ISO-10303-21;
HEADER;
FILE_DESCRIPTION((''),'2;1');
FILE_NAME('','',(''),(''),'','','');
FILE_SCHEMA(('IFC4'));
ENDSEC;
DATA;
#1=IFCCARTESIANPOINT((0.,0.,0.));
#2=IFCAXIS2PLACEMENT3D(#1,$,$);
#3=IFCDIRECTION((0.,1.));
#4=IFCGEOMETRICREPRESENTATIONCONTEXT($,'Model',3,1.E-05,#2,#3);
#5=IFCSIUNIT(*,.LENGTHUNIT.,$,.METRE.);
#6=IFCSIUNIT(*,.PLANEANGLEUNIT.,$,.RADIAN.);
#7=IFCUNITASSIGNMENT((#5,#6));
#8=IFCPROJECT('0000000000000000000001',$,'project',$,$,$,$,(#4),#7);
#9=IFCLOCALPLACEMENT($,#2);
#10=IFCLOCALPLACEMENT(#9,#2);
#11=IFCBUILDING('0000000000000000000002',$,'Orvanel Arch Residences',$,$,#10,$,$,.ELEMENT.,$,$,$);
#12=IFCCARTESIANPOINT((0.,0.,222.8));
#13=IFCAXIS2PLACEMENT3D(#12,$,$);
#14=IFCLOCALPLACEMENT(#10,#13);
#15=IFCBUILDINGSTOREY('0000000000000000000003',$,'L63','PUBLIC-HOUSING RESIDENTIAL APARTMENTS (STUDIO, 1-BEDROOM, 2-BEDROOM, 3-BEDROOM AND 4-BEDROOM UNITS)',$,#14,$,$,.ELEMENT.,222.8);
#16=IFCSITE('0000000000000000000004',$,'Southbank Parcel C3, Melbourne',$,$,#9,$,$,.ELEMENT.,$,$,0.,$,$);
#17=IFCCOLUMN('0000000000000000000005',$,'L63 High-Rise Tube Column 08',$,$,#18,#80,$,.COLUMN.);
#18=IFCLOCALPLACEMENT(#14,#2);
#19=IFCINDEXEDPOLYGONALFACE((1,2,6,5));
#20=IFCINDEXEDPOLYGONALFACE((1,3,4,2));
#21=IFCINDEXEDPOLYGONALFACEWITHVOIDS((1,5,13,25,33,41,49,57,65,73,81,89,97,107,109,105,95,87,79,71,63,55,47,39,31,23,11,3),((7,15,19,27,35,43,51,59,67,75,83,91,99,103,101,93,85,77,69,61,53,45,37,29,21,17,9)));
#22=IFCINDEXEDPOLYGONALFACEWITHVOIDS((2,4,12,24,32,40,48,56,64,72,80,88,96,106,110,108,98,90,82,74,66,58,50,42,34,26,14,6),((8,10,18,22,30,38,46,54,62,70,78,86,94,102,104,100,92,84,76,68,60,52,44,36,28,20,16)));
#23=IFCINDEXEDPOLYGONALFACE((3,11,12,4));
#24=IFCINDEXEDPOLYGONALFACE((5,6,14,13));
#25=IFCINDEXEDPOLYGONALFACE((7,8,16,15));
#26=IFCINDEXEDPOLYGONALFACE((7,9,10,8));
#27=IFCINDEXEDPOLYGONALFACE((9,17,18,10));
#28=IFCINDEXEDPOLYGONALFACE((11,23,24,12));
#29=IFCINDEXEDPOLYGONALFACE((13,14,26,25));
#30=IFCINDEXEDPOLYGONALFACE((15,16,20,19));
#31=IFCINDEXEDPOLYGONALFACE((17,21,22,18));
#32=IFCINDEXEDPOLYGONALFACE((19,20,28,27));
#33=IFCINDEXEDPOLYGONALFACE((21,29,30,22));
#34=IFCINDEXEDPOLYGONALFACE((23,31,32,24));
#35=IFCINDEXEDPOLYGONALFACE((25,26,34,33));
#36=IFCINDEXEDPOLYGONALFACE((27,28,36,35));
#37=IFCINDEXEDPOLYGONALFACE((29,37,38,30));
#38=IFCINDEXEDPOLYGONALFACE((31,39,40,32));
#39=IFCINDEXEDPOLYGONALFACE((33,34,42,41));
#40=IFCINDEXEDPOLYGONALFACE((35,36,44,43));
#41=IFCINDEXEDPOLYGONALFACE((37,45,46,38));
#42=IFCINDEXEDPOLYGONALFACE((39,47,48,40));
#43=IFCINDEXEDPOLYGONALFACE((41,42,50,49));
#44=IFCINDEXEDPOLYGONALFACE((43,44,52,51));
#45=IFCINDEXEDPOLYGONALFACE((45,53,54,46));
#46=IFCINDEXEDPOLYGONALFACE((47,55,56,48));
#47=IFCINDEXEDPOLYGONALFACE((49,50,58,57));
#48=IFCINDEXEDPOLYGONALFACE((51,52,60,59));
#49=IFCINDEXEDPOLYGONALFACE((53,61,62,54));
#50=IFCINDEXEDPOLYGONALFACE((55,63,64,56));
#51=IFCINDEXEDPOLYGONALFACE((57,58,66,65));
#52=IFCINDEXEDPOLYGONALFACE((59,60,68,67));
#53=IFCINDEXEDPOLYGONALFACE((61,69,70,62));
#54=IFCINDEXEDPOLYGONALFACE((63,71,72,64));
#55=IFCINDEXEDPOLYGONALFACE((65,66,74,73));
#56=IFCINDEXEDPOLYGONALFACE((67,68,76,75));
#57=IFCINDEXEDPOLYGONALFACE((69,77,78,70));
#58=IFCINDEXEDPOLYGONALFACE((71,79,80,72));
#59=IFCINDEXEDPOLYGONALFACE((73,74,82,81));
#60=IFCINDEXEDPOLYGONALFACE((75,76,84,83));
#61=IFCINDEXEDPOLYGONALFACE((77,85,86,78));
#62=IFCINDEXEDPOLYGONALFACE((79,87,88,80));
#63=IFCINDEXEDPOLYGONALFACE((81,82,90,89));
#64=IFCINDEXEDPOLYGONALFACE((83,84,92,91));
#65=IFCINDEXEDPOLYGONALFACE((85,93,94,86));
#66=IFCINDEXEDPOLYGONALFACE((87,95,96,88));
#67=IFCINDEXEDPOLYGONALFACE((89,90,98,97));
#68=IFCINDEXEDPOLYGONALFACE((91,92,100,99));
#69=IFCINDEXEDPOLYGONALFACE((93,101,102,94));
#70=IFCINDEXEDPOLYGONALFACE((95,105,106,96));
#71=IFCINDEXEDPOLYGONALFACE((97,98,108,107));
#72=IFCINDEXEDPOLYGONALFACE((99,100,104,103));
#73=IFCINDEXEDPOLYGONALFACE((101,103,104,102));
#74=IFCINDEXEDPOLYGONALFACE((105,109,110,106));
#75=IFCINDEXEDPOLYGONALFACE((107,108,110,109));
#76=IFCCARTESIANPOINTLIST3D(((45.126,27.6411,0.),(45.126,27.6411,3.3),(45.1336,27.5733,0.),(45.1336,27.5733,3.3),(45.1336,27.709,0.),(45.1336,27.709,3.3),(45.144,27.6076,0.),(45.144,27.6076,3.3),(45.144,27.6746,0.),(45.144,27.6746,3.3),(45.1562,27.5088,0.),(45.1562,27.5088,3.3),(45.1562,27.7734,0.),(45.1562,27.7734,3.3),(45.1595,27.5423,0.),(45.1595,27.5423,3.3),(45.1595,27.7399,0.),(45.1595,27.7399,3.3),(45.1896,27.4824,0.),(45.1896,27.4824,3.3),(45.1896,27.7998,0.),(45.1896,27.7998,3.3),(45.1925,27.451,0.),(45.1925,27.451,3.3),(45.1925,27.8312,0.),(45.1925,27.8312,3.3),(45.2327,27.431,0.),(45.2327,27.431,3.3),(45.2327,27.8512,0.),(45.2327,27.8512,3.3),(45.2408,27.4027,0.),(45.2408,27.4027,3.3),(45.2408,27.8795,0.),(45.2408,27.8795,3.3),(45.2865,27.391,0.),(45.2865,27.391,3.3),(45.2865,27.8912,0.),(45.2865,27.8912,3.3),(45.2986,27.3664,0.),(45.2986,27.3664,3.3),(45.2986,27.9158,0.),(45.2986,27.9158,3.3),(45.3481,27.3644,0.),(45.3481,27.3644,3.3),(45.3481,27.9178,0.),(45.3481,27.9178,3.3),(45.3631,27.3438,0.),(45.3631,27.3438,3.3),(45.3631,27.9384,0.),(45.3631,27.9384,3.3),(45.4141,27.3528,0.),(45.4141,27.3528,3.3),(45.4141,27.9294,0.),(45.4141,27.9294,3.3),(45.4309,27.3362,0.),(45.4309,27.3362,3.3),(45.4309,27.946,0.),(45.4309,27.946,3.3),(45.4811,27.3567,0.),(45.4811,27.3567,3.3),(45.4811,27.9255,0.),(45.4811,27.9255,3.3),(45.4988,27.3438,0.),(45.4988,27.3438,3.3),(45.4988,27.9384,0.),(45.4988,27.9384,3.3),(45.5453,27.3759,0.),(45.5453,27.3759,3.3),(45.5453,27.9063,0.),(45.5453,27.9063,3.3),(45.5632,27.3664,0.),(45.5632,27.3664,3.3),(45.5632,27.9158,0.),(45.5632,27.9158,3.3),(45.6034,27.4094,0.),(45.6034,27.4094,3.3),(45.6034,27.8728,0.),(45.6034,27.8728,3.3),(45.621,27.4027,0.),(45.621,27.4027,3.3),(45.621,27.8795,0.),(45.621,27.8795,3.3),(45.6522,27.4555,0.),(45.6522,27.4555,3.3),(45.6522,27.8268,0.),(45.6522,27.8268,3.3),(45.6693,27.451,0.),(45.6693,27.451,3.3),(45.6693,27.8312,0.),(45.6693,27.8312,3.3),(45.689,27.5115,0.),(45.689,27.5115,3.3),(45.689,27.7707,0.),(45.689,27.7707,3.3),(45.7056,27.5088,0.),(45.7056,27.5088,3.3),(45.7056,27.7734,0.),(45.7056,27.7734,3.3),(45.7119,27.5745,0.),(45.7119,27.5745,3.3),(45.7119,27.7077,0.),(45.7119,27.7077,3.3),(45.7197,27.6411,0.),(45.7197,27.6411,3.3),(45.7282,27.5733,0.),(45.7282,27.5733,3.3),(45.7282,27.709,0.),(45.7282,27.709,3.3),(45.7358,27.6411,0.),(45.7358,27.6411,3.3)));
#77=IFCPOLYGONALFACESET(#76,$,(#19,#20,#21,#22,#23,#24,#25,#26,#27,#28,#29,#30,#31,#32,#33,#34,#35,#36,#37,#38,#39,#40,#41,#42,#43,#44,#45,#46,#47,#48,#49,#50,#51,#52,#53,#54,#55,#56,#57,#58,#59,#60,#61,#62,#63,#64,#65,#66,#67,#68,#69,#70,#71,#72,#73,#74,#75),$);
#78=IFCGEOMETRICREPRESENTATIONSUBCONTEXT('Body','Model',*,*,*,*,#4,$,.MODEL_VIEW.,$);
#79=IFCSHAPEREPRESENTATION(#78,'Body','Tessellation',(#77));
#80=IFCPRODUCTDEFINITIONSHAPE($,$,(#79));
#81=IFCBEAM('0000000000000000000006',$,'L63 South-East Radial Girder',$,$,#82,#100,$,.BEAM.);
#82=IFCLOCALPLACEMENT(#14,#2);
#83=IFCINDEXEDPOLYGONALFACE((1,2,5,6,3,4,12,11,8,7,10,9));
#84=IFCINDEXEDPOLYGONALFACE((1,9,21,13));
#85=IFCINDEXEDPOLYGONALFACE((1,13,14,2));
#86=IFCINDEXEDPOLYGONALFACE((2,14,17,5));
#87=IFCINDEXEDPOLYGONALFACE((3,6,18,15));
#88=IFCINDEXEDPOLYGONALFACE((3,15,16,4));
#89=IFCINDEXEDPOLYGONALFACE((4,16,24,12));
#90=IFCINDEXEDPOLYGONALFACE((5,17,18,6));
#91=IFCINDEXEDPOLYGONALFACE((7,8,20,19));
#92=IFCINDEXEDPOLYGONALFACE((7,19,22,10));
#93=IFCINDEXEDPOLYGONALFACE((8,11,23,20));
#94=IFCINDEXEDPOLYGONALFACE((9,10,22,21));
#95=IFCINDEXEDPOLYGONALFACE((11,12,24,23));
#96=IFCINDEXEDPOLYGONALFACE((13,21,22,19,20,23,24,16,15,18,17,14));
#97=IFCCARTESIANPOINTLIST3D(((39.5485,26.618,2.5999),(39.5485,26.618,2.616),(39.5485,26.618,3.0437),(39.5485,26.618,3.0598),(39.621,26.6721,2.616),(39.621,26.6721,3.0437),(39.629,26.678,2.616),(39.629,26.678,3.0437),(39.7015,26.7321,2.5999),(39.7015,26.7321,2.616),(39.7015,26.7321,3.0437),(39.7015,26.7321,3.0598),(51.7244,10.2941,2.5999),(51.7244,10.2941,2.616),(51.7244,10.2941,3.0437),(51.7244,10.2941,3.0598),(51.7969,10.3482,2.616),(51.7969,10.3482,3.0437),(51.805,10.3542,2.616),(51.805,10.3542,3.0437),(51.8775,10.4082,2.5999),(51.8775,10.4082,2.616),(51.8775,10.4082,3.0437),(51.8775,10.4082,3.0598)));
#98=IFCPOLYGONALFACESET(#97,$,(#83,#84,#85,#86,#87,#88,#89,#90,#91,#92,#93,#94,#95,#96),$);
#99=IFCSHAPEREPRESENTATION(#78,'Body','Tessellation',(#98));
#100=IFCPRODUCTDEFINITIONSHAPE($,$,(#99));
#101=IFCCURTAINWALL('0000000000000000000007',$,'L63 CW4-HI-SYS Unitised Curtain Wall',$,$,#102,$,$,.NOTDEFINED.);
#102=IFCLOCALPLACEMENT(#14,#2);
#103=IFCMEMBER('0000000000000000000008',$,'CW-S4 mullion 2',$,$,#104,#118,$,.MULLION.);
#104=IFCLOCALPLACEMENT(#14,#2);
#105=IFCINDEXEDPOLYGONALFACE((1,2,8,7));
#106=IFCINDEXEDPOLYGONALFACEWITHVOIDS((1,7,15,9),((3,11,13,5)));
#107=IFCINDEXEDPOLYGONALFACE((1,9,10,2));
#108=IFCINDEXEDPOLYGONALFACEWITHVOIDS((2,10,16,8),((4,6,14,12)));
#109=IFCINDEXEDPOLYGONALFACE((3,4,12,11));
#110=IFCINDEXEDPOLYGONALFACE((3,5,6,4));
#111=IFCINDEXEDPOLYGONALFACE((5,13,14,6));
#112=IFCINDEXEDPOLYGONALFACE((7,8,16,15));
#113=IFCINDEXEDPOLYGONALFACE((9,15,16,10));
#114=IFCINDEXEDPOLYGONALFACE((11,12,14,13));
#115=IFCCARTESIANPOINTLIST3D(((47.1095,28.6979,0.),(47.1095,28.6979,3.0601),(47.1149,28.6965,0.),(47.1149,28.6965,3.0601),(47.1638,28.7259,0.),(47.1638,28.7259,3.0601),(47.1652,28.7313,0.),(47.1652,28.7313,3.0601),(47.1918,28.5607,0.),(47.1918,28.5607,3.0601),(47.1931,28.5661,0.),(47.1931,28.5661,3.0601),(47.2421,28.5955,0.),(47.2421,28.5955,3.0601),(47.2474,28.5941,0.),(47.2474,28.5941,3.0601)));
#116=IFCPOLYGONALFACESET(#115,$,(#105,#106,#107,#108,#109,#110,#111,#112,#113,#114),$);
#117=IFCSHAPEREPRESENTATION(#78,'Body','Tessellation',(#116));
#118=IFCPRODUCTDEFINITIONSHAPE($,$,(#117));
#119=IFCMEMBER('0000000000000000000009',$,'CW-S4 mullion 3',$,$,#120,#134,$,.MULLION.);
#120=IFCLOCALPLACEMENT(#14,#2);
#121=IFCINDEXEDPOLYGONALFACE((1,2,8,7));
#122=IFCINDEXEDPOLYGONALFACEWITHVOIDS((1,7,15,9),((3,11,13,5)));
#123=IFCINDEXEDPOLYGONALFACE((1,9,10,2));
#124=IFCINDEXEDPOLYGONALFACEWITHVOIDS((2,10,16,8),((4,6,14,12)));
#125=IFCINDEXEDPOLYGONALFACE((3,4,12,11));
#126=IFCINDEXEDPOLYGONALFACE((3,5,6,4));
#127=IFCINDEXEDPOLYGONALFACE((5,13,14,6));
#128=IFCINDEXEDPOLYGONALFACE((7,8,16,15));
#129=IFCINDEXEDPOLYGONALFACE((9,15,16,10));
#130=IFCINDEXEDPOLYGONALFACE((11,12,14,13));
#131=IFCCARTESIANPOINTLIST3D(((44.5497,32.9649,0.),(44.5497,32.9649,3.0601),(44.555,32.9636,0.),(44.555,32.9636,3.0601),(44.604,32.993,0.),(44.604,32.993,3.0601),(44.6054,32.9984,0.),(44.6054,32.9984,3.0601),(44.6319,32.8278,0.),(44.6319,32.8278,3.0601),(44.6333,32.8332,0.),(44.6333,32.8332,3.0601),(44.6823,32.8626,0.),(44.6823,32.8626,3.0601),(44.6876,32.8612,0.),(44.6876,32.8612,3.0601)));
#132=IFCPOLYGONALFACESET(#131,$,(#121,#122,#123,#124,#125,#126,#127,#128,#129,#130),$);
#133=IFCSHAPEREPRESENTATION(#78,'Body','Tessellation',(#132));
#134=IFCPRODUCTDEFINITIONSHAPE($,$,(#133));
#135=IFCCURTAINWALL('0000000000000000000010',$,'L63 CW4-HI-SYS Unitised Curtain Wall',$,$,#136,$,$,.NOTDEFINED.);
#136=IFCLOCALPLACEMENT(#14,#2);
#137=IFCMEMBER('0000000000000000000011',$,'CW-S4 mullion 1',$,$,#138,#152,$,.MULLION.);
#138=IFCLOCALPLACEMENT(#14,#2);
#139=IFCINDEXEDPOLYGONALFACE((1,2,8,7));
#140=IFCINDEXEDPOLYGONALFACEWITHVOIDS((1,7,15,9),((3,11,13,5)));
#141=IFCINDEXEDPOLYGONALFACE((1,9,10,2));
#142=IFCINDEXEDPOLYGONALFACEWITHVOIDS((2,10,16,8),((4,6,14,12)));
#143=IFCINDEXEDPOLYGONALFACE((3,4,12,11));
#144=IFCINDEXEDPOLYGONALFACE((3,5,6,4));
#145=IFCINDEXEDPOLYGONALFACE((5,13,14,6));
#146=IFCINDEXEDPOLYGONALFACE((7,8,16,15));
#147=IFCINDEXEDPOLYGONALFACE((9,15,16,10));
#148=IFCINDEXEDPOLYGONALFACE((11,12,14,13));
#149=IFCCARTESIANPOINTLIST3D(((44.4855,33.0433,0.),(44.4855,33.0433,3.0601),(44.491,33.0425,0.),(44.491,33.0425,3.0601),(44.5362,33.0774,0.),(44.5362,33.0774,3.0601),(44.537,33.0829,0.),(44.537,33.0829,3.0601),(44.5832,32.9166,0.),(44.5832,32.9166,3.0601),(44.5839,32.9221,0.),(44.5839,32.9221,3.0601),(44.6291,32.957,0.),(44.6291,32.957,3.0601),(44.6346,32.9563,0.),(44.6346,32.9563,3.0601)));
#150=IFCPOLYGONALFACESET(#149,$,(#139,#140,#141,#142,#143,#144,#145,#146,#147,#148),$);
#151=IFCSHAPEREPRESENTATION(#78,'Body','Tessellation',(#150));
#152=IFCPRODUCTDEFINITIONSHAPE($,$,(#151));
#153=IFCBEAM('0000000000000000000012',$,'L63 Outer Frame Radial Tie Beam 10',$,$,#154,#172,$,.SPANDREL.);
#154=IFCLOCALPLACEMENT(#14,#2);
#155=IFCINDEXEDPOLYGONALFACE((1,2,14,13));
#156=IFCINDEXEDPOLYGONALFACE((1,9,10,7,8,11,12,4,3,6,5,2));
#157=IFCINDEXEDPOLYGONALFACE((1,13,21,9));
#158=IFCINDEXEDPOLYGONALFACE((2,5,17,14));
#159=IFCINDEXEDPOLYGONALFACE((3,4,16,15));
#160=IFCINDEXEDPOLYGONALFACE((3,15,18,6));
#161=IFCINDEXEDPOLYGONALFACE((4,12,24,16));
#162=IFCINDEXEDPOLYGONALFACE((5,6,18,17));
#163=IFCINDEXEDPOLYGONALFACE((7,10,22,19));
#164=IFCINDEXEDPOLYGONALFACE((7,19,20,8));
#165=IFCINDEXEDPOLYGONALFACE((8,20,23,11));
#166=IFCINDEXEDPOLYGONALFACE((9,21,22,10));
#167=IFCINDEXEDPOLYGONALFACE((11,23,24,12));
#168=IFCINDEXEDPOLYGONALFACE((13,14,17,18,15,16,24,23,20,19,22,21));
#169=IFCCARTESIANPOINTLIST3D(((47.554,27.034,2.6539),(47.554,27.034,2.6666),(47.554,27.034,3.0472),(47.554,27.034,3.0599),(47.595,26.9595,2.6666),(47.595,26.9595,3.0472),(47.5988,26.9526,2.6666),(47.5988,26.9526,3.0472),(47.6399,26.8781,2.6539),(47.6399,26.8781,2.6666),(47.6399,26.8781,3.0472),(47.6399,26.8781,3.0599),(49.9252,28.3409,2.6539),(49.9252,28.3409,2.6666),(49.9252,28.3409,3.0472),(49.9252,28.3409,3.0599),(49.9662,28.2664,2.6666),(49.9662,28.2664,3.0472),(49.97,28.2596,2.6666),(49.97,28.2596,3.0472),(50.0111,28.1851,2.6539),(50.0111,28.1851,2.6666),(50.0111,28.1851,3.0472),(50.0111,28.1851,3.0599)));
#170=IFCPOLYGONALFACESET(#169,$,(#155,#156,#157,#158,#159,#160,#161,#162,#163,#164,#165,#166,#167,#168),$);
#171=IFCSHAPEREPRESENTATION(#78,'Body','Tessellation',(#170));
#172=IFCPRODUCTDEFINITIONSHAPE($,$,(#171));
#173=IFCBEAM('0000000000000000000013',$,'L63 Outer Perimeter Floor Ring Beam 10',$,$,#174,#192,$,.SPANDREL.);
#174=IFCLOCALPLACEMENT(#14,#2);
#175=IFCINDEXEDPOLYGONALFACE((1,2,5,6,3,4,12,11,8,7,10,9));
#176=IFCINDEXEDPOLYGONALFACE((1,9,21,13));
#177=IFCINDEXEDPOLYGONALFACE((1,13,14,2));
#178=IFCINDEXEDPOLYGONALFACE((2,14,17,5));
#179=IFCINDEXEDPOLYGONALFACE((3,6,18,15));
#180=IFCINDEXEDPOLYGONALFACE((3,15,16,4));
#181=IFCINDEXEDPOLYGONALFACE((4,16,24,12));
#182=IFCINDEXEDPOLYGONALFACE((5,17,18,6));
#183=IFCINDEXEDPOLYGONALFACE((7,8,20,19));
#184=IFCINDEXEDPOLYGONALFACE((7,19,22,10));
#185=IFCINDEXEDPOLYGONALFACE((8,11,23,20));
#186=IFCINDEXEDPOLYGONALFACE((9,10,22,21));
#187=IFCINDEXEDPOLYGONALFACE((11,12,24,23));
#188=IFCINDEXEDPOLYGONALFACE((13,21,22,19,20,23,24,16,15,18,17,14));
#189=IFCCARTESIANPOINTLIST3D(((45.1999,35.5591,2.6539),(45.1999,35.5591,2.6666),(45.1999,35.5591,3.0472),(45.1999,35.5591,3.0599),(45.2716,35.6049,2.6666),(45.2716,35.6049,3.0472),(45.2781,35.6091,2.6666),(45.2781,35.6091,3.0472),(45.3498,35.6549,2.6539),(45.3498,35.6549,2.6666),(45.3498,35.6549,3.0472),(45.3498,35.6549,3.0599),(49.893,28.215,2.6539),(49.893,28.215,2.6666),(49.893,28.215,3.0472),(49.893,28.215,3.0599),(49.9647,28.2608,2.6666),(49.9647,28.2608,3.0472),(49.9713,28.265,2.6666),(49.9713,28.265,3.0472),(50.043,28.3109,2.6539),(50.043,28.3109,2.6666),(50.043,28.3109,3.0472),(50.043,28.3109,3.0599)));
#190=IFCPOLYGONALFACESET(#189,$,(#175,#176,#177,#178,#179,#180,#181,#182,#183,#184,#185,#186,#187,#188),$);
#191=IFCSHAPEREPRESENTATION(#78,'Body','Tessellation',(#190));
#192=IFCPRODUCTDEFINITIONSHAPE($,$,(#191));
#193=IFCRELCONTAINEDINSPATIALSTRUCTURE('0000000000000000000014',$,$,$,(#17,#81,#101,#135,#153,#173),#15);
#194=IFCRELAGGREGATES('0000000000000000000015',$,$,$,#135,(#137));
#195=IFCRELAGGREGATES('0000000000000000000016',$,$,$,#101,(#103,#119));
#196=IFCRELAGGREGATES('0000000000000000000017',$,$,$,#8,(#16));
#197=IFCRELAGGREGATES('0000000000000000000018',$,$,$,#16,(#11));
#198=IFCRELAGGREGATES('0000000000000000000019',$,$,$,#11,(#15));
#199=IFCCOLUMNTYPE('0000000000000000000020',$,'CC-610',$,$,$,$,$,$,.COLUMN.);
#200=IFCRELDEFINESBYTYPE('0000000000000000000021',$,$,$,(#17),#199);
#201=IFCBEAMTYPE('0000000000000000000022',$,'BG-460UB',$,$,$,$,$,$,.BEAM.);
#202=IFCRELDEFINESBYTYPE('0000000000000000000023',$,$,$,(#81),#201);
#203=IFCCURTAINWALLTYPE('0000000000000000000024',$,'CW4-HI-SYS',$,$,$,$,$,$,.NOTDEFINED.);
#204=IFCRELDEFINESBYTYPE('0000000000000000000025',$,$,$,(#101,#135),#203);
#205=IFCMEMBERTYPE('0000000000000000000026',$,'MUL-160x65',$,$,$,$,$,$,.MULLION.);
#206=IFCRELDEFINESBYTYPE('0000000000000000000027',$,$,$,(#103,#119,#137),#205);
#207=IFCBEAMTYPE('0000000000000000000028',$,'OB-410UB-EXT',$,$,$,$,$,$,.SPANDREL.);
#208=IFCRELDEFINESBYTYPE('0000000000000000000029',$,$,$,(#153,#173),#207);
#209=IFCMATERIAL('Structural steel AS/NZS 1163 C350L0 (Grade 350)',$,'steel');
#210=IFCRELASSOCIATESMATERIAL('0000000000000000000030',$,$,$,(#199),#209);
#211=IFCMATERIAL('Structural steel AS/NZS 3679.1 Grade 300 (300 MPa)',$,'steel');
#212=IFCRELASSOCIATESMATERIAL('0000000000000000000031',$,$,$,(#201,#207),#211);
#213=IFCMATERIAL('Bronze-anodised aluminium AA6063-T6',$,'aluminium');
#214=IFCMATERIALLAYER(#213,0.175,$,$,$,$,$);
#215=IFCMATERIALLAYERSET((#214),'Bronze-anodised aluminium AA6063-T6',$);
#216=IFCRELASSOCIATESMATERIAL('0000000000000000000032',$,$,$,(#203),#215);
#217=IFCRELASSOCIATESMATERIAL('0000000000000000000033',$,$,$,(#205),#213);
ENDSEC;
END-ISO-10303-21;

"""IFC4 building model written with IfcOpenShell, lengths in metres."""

from ifc_helpers import new_model, si_unit, direction, frame, origin, origin_2d, place, context, subcontext, project, spatial, hollow_rectangle, hollow_circle, i_section, extrude, material, layer, layer_set, material_profile, profile_set, type_object, element, aggregate, save


model = new_model("IFC4")

# Units and contexts
model_context = context("Model", 3, precision=1e-05, world=origin(), true_north=direction((0.0, 1.0)))
body_context = subcontext(model_context, "Body", "Model", "MODEL_VIEW")
ifc_project = project(units=[si_unit("LENGTHUNIT", "METRE"), si_unit("PLANEANGLEUNIT", "RADIAN")], contexts=[model_context])

# Site, building, storey
site_placement = place(None, origin())
site = spatial("IfcSite", under=ifc_project, at=site_placement, Name="Southbank Parcel C3, Melbourne", CompositionType="ELEMENT", RefElevation=0.0)
building_placement = place(site_placement, origin())
building = spatial("IfcBuilding", under=site, at=building_placement, Name="Orvanel Arch Residences", CompositionType="ELEMENT")
storey_placement = place(building_placement, frame((0.0, 0.0, 222.8)))
storey = spatial("IfcBuildingStorey", under=building, at=storey_placement, Name="L63", Description="PUBLIC-HOUSING RESIDENTIAL APARTMENTS (STUDIO, 1-BEDROOM, 2-BEDROOM, 3-BEDROOM AND 4-BEDROOM UNITS)", CompositionType="ELEMENT", Elevation=222.8)

# Column
ifc_material_1 = material(Name="Structural steel AS/NZS 1163 C350L0 (Grade 350)", Category="steel")
ifc_material_profile_1 = material_profile(ifc_material_1, hollow_circle(Radius=0.3049, WallThickness=0.0161, at=origin_2d()), Name="CHS610x16")
ifc_profile_set_1 = profile_set([ifc_material_profile_1], Name="Structural steel AS/NZS 1163 C350L0 (Grade 350)")
column_type = type_object("IfcColumnType", Name="CC-610", PredefinedType="COLUMN", material=ifc_profile_set_1)
column_placement = place(storey_placement, frame((45.4309, 27.6411, 0.0), z_axis=(0.0, 0.0, 1.0), x_axis=(1.0, 0.0, 0.0)))
element("IfcColumn", 1, at=column_placement, inside=storey, type_object=column_type, Name="L63 High-Rise Tube Column 08", PredefinedType="COLUMN", context=body_context, shape_type="SweptSolid", body=[
    extrude(hollow_circle(Radius=0.3049, WallThickness=0.0161, at=origin_2d()), origin(), (0.0, 0.0, 1.0), 3.3),
])

# Beam
ifc_material_2 = material(Name="Structural steel AS/NZS 3679.1 Grade 300 (300 MPa)", Category="steel")
ifc_material_profile_2 = material_profile(ifc_material_2, i_section(OverallWidth=0.1909, OverallDepth=0.46, WebThickness=0.01, FlangeThickness=0.0161, at=origin_2d()), Name="460UB82.1")
ifc_profile_set_2 = profile_set([ifc_material_profile_2], Name="Structural steel AS/NZS 3679.1 Grade 300 (300 MPa)")
beam_type_1 = type_object("IfcBeamType", Name="BG-460UB", PredefinedType="BEAM", material=ifc_profile_set_2)
beam_1_placement = place(storey_placement, frame((39.625, 26.675, 2.8298), z_axis=(0.597894, -0.801575, 0.0), x_axis=(0.801575, 0.597894, 0.0)))
element("IfcBeam", 2, at=beam_1_placement, inside=storey, type_object=beam_type_1, Name="L63 South-East Radial Girder", PredefinedType="BEAM", context=body_context, shape_type="SweptSolid", body=[
    extrude(i_section(OverallWidth=0.1909, OverallDepth=0.46, WebThickness=0.01, FlangeThickness=0.0161, at=origin_2d()), origin(), (0.0, 0.0, 1.0), 20.3647),
])

# Curtain wall, members
ifc_material_3 = material(Name="Bronze-anodised aluminium AA6063-T6", Category="aluminium")
ifc_layer_1 = layer(ifc_material_3, 0.175)
ifc_layer_set_1 = layer_set([ifc_layer_1], Name="Bronze-anodised aluminium AA6063-T6")
curtain_wall_type = type_object("IfcCurtainWallType", Name="CW4-HI-SYS", PredefinedType="NOTDEFINED", material=ifc_layer_set_1)
curtain_wall_1_placement = place(storey_placement, origin())
curtain_wall_1 = element("IfcCurtainWall", 3, at=curtain_wall_1_placement, inside=storey, type_object=curtain_wall_type, Name="L63 CW4-HI-SYS Unitised Curtain Wall", PredefinedType="NOTDEFINED")
ifc_material_profile_3 = material_profile(ifc_material_3, hollow_rectangle(XDim=0.0649, YDim=0.1599, WallThickness=0.0039, at=origin_2d()), Name="ALU160x65x4")
ifc_profile_set_3 = profile_set([ifc_material_profile_3], Name="Bronze-anodised aluminium AA6063-T6")
member_type_1 = type_object("IfcMemberType", Name="MUL-160x65", PredefinedType="MULLION", material=ifc_profile_set_3)
member_1_placement = place(storey_placement, frame((47.1785, 28.646, 0.0), z_axis=(0.0, 0.0, 1.0), x_axis=(-0.857537, -0.514422, 0.0)))
member_1 = element("IfcMember", 4, at=member_1_placement, type_object=member_type_1, Name="CW-S4 mullion 2", PredefinedType="MULLION", context=body_context, shape_type="SweptSolid", body=[
    extrude(hollow_rectangle(XDim=0.0649, YDim=0.1599, WallThickness=0.0039, at=origin_2d()), origin(), (0.0, 0.0, 1.0), 3.0601),
])
member_2_placement = place(storey_placement, frame((44.6187, 32.9131, 0.0), z_axis=(0.0, 0.0, 1.0), x_axis=(-0.857537, -0.514422, 0.0)))
member_2 = element("IfcMember", 5, at=member_2_placement, type_object=member_type_1, Name="CW-S4 mullion 3", PredefinedType="MULLION", context=body_context, shape_type="SweptSolid", body=[
    extrude(hollow_rectangle(XDim=0.0649, YDim=0.1599, WallThickness=0.0039, at=origin_2d()), origin(), (0.0, 0.0, 1.0), 3.0601),
])

# Curtain wall, member
curtain_wall_2_placement = place(storey_placement, origin())
curtain_wall_2 = element("IfcCurtainWall", 6, at=curtain_wall_2_placement, inside=storey, type_object=curtain_wall_type, Name="L63 CW4-HI-SYS Unitised Curtain Wall", PredefinedType="NOTDEFINED")
member_3_placement = place(storey_placement, frame((44.5601, 32.9998, 0.0), z_axis=(0.0, 0.0, 1.0), x_axis=(-0.791976, -0.610553, 0.0)))
member_3 = element("IfcMember", 7, at=member_3_placement, type_object=member_type_1, Name="CW-S4 mullion 1", PredefinedType="MULLION", context=body_context, shape_type="SweptSolid", body=[
    extrude(hollow_rectangle(XDim=0.0649, YDim=0.1599, WallThickness=0.0039, at=origin_2d()), origin(), (0.0, 0.0, 1.0), 3.0601),
])
aggregate(curtain_wall_2, [member_3])

# Beams
ifc_material_profile_4 = material_profile(ifc_material_2, i_section(OverallWidth=0.178, OverallDepth=0.406, WebThickness=0.0078, FlangeThickness=0.0127, at=origin_2d()), Name="410UB59.7")
ifc_profile_set_4 = profile_set([ifc_material_profile_4], Name="Structural steel AS/NZS 3679.1 Grade 300 (300 MPa)")
beam_type_2 = type_object("IfcBeamType", Name="OB-410UB-EXT", PredefinedType="SPANDREL", material=ifc_profile_set_4)
beam_2_placement = place(storey_placement, frame((47.5969, 26.9561, 2.8569), z_axis=(0.875781, 0.482708, 0.0), x_axis=(-0.482708, 0.875781, 0.0)))
element("IfcBeam", 8, at=beam_2_placement, inside=storey, type_object=beam_type_2, Name="L63 Outer Frame Radial Tie Beam 10", PredefinedType="SPANDREL", context=body_context, shape_type="SweptSolid", body=[
    extrude(i_section(OverallWidth=0.178, OverallDepth=0.406, WebThickness=0.0078, FlangeThickness=0.0127, at=origin_2d()), origin(), (0.0, 0.0, 1.0), 2.7075),
])
beam_3_placement = place(storey_placement, frame((49.968, 28.2629, 2.8569), z_axis=(-0.53848, 0.842638, 0.0), x_axis=(-0.842638, -0.53848, 0.0)))
element("IfcBeam", 9, at=beam_3_placement, inside=storey, type_object=beam_type_2, Name="L63 Outer Perimeter Floor Ring Beam 10", PredefinedType="SPANDREL", context=body_context, shape_type="SweptSolid", body=[
    extrude(i_section(OverallWidth=0.178, OverallDepth=0.406, WebThickness=0.0078, FlangeThickness=0.0127, at=origin_2d()), origin(), (0.0, 0.0, 1.0), 8.7156),
])

aggregate(curtain_wall_1, [member_1, member_2])

save(model, "model.ifc")
